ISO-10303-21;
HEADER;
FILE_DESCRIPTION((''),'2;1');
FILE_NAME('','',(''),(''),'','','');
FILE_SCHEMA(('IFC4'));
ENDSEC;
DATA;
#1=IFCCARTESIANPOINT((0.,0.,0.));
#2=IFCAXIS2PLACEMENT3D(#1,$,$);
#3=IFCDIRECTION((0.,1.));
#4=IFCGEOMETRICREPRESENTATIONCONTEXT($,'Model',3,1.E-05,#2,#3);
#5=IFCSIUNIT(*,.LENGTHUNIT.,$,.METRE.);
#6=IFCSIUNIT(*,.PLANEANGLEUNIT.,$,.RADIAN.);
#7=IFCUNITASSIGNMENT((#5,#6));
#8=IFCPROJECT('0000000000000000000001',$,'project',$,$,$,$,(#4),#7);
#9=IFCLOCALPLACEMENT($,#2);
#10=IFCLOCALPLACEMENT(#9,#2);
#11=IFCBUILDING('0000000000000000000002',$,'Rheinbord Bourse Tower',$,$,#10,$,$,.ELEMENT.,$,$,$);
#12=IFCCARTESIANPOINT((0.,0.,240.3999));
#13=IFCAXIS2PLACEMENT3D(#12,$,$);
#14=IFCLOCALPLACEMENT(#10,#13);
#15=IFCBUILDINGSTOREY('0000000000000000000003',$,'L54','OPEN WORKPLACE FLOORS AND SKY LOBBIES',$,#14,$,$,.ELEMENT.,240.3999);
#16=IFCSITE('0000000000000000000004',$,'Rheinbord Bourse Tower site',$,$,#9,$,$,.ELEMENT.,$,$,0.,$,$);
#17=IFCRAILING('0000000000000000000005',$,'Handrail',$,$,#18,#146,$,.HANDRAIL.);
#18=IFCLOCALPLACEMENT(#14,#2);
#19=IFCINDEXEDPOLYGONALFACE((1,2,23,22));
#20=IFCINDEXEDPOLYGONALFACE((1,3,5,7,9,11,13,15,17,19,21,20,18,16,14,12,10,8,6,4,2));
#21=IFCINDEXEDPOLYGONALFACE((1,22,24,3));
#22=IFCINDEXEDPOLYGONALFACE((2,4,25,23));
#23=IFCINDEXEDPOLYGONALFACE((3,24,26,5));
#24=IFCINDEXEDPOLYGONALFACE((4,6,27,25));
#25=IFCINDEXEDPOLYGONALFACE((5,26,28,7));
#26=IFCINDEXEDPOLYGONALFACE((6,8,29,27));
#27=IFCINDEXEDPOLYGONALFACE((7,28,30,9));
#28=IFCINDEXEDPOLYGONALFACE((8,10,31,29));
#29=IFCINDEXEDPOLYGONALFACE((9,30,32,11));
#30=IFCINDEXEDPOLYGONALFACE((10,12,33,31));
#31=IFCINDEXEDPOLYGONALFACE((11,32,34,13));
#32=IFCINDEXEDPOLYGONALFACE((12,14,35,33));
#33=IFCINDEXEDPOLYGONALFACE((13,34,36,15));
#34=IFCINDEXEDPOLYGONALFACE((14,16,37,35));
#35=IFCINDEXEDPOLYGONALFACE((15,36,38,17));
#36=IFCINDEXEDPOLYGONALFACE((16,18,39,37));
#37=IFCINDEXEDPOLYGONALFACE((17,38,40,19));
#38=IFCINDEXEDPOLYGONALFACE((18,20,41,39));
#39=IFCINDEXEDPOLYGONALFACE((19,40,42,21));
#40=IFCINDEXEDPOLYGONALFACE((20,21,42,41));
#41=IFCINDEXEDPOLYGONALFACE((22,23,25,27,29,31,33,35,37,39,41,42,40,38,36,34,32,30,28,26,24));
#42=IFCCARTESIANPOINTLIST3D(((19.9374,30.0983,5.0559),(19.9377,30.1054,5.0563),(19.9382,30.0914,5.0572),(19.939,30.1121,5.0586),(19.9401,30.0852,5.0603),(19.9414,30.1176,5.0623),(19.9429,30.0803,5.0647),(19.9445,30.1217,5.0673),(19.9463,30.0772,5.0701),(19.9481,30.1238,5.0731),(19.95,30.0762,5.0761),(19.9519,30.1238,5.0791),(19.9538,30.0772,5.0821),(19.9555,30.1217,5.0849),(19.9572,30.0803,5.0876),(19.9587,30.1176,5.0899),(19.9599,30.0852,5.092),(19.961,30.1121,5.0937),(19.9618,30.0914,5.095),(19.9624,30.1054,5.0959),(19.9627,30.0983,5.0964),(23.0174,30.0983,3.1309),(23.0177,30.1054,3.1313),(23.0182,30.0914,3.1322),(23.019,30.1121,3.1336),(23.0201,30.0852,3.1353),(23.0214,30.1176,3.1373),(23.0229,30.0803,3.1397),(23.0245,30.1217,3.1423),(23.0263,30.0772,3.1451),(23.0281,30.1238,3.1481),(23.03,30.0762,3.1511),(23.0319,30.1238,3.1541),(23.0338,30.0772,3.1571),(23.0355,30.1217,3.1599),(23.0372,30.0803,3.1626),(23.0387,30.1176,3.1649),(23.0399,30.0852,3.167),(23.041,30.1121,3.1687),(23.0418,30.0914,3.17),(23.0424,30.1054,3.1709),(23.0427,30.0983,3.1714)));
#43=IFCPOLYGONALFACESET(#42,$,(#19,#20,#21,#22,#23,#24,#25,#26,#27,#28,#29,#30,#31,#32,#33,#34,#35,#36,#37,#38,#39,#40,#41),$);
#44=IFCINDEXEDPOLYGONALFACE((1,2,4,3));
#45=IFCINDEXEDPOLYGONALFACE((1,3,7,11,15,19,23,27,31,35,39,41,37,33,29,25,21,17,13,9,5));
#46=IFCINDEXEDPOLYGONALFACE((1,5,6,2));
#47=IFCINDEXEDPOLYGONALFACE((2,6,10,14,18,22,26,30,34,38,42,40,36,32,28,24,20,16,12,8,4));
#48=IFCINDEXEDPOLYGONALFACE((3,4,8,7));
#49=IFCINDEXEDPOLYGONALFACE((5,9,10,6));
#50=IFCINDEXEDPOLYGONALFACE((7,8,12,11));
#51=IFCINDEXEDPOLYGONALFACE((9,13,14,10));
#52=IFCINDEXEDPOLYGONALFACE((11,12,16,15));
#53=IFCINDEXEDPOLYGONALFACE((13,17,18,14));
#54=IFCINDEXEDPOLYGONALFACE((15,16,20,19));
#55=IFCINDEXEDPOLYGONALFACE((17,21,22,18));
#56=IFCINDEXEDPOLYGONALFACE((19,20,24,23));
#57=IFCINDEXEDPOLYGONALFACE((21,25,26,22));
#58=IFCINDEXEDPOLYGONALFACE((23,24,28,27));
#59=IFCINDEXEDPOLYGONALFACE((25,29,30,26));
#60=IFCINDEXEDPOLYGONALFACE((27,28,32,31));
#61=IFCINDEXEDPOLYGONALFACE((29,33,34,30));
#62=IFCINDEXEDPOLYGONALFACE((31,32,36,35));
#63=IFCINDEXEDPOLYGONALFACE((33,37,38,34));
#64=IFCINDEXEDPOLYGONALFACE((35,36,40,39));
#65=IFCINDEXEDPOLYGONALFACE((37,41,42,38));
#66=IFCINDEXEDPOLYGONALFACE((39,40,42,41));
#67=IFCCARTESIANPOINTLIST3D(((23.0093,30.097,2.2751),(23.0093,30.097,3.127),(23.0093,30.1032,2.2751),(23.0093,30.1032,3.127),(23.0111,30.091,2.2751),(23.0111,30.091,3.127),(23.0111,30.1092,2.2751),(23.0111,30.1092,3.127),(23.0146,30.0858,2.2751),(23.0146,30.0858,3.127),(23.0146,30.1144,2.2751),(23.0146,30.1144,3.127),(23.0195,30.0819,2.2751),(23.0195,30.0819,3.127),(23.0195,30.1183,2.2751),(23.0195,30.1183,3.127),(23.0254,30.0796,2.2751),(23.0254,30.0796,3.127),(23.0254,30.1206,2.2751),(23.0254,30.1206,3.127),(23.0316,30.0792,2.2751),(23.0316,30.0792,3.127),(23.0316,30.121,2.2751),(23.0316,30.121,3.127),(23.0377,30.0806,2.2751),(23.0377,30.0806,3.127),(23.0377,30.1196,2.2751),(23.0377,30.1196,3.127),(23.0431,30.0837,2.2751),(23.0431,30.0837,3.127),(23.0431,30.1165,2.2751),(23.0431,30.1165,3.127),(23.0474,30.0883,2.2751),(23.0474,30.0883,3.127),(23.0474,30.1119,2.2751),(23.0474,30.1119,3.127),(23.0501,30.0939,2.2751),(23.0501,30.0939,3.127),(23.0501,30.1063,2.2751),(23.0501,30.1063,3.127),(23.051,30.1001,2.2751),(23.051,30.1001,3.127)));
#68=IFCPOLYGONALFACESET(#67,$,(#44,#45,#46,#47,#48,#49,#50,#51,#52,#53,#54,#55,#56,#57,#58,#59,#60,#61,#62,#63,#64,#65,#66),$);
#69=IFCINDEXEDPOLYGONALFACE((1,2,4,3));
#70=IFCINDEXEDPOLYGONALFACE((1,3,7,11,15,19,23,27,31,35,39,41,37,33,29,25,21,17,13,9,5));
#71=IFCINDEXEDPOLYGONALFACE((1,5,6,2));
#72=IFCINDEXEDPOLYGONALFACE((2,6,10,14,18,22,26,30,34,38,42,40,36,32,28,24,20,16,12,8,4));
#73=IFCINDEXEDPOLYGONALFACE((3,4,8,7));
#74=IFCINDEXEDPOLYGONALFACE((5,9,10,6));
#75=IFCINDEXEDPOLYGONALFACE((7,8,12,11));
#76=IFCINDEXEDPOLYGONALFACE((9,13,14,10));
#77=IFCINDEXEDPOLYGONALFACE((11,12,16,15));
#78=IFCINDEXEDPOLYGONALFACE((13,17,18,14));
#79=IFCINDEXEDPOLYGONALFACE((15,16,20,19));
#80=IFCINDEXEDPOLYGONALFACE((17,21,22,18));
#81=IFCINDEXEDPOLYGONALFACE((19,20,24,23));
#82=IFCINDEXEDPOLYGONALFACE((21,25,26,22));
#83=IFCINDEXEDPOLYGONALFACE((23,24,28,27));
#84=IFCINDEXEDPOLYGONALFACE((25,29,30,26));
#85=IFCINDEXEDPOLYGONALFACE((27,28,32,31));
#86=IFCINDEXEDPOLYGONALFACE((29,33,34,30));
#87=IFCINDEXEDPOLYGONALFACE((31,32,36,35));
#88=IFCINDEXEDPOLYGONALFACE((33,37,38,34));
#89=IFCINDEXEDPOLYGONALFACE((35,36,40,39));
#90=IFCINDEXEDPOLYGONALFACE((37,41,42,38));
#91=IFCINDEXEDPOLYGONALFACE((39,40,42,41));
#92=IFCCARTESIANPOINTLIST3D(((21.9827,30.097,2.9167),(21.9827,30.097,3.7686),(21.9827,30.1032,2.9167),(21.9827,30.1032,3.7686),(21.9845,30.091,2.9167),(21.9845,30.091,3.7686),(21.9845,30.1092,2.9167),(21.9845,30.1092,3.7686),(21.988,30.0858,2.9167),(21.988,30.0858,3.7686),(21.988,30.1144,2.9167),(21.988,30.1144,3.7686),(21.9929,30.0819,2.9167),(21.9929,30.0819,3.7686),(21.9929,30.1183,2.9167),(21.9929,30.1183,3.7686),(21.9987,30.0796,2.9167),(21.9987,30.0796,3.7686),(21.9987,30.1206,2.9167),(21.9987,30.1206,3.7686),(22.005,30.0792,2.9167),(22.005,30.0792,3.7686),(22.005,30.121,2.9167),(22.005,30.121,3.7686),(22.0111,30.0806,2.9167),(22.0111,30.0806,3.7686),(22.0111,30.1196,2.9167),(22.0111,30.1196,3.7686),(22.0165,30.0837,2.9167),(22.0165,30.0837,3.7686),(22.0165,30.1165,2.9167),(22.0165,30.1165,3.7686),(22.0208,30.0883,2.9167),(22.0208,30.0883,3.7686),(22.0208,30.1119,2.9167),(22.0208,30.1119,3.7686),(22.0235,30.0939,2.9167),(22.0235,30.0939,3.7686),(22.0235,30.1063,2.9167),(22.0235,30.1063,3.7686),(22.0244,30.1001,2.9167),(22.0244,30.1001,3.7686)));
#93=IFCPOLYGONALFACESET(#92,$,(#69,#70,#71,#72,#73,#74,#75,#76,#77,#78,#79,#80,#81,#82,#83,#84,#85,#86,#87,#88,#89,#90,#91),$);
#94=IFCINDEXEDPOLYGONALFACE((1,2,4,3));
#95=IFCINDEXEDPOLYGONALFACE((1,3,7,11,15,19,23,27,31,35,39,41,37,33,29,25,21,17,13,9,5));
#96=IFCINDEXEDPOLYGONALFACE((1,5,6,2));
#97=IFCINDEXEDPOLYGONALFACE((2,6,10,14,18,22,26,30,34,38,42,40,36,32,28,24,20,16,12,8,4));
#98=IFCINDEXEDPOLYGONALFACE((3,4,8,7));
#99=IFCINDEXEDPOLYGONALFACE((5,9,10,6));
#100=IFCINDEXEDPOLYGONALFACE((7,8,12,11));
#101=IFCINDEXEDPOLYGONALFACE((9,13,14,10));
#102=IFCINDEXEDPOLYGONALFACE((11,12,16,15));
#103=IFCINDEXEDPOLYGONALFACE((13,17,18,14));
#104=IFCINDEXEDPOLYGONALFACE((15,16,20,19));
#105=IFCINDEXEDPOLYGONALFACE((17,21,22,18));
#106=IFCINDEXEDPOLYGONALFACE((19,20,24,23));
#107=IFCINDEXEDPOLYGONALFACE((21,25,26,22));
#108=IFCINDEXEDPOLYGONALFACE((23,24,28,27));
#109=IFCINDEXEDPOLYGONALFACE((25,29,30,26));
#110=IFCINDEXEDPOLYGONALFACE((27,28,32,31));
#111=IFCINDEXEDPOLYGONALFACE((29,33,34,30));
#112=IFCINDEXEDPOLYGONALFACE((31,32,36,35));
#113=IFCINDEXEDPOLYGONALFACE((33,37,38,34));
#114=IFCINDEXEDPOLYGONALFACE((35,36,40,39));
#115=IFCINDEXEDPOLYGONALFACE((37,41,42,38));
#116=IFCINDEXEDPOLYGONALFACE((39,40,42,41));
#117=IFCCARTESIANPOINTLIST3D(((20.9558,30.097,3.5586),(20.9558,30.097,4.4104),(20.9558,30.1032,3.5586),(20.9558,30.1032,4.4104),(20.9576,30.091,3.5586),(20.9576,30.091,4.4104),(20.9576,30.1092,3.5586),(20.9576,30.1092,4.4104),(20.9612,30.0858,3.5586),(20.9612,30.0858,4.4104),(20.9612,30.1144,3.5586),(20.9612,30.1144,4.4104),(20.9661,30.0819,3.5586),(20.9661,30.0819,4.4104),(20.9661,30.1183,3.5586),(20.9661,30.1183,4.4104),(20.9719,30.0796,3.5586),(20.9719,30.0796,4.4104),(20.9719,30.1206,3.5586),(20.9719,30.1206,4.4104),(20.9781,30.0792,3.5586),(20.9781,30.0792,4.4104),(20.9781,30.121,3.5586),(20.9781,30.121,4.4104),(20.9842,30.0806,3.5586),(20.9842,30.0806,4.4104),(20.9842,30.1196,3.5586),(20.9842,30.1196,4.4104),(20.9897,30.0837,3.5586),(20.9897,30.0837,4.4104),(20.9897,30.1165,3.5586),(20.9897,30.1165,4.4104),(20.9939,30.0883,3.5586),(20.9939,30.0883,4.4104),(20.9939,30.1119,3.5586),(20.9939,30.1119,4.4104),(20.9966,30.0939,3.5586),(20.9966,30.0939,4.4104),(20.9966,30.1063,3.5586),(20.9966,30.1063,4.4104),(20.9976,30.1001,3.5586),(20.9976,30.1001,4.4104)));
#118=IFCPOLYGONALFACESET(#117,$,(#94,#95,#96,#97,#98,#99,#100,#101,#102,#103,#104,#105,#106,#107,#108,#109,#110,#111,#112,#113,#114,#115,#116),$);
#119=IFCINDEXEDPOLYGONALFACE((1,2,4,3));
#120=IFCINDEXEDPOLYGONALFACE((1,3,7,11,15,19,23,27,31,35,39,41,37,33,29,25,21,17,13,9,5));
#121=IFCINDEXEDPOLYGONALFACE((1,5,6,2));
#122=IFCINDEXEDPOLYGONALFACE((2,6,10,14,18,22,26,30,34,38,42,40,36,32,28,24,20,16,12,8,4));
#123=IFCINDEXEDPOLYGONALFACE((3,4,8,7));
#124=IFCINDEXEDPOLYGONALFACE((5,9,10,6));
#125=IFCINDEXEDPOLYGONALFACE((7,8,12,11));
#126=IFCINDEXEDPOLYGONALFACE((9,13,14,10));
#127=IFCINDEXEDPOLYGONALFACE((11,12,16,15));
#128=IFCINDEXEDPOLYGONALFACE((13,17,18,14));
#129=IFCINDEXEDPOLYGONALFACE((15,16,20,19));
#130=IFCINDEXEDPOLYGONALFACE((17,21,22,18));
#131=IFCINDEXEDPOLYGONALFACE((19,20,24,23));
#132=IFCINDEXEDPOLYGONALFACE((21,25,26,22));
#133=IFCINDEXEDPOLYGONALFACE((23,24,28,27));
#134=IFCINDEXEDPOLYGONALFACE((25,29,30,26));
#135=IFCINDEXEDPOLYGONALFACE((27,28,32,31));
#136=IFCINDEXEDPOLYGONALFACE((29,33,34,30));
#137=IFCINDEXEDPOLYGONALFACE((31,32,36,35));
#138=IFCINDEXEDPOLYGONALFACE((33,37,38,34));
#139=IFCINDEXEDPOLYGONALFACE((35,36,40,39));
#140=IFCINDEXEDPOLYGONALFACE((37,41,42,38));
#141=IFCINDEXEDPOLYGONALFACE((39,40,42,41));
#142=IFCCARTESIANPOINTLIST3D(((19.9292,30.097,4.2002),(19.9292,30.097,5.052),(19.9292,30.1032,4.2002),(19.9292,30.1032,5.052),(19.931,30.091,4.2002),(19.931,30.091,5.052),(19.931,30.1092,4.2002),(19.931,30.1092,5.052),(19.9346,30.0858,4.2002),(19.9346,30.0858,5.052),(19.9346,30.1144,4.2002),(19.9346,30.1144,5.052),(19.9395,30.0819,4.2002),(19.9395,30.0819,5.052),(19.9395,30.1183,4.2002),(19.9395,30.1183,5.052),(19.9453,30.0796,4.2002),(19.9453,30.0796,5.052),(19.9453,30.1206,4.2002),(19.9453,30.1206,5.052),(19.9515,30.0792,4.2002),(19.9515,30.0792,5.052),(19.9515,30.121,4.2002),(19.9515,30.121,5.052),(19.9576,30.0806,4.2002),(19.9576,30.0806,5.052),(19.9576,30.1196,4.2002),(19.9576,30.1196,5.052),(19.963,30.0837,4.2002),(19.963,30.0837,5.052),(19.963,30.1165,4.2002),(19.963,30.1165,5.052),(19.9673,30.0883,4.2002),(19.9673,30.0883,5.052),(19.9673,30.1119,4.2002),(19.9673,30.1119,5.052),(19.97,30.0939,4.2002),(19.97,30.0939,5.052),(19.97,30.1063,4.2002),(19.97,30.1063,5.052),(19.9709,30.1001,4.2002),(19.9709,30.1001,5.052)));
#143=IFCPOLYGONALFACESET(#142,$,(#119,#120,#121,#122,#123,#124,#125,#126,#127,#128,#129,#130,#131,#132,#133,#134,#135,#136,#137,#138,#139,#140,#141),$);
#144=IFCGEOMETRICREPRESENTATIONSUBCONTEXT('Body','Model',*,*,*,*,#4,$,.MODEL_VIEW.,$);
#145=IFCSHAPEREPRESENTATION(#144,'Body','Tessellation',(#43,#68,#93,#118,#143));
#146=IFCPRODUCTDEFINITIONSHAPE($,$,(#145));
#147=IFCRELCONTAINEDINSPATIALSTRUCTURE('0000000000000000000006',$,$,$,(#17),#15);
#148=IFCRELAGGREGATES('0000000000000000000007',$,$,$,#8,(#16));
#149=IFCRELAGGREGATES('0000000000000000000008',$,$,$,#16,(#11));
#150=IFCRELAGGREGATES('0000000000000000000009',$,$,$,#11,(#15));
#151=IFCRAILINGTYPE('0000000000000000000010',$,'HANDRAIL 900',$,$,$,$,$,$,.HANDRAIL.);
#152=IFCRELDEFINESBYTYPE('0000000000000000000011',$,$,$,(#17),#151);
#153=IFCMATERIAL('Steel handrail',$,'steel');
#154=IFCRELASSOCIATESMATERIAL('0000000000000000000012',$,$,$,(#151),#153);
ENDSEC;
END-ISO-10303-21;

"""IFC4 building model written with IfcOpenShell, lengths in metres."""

from ifc_helpers import new_model, si_unit, direction, frame, origin, origin_2d, place, context, subcontext, project, spatial, circle, extrude, material, type_object, element, save


model = new_model("IFC4")

# Units and contexts
model_context = context("Model", 3, precision=1e-05, world=origin(), true_north=direction((0.0, 1.0)))
body_context = subcontext(model_context, "Body", "Model", "MODEL_VIEW")
ifc_project = project(units=[si_unit("LENGTHUNIT", "METRE"), si_unit("PLANEANGLEUNIT", "RADIAN")], contexts=[model_context])

# Site, building, storey
site_placement = place(None, origin())
site = spatial("IfcSite", under=ifc_project, at=site_placement, Name="Rheinbord Bourse Tower site", CompositionType="ELEMENT", RefElevation=0.0)
building_placement = place(site_placement, origin())
building = spatial("IfcBuilding", under=site, at=building_placement, Name="Rheinbord Bourse Tower", CompositionType="ELEMENT")
storey_placement = place(building_placement, frame((0.0, 0.0, 240.3999)))
storey = spatial("IfcBuildingStorey", under=building, at=storey_placement, Name="L54", Description="OPEN WORKPLACE FLOORS AND SKY LOBBIES", CompositionType="ELEMENT", Elevation=240.3999)

# Railing
ifc_material_1 = material(Name="Steel handrail", Category="steel")
railing_type = type_object("IfcRailingType", Name="HANDRAIL 900", PredefinedType="HANDRAIL", material=ifc_material_1)
railing_1_placement = place(storey_placement, frame((23.03, 30.1001, 2.2751)))
element("IfcRailing", 1, at=railing_1_placement, inside=storey, type_object=railing_type, Name="Handrail", PredefinedType="HANDRAIL", context=body_context, shape_type="SweptSolid", body=[
    extrude(circle(Radius=0.0239, at=origin_2d()), frame((0.0, 0.0, 0.876), z_axis=(-0.847998, 0.0, 0.529999), x_axis=(0.0, -1.0, 0.0)), (0.0, 0.0, 1.0), 3.6321),
    extrude(circle(Radius=0.021, at=origin_2d()), origin(), (0.0, 0.0, 1.0), 0.8518),
    extrude(circle(Radius=0.021, at=origin_2d()), frame((-1.0266, 0.0, 0.6416)), (0.0, 0.0, 1.0), 0.8518),
    extrude(circle(Radius=0.021, at=origin_2d()), frame((-2.0535, 0.0, 1.2834)), (0.0, 0.0, 1.0), 0.8518),
    extrude(circle(Radius=0.021, at=origin_2d()), frame((-3.0801, 0.0, 1.925)), (0.0, 0.0, 1.0), 0.8518),
])

save(model, "model.ifc")
